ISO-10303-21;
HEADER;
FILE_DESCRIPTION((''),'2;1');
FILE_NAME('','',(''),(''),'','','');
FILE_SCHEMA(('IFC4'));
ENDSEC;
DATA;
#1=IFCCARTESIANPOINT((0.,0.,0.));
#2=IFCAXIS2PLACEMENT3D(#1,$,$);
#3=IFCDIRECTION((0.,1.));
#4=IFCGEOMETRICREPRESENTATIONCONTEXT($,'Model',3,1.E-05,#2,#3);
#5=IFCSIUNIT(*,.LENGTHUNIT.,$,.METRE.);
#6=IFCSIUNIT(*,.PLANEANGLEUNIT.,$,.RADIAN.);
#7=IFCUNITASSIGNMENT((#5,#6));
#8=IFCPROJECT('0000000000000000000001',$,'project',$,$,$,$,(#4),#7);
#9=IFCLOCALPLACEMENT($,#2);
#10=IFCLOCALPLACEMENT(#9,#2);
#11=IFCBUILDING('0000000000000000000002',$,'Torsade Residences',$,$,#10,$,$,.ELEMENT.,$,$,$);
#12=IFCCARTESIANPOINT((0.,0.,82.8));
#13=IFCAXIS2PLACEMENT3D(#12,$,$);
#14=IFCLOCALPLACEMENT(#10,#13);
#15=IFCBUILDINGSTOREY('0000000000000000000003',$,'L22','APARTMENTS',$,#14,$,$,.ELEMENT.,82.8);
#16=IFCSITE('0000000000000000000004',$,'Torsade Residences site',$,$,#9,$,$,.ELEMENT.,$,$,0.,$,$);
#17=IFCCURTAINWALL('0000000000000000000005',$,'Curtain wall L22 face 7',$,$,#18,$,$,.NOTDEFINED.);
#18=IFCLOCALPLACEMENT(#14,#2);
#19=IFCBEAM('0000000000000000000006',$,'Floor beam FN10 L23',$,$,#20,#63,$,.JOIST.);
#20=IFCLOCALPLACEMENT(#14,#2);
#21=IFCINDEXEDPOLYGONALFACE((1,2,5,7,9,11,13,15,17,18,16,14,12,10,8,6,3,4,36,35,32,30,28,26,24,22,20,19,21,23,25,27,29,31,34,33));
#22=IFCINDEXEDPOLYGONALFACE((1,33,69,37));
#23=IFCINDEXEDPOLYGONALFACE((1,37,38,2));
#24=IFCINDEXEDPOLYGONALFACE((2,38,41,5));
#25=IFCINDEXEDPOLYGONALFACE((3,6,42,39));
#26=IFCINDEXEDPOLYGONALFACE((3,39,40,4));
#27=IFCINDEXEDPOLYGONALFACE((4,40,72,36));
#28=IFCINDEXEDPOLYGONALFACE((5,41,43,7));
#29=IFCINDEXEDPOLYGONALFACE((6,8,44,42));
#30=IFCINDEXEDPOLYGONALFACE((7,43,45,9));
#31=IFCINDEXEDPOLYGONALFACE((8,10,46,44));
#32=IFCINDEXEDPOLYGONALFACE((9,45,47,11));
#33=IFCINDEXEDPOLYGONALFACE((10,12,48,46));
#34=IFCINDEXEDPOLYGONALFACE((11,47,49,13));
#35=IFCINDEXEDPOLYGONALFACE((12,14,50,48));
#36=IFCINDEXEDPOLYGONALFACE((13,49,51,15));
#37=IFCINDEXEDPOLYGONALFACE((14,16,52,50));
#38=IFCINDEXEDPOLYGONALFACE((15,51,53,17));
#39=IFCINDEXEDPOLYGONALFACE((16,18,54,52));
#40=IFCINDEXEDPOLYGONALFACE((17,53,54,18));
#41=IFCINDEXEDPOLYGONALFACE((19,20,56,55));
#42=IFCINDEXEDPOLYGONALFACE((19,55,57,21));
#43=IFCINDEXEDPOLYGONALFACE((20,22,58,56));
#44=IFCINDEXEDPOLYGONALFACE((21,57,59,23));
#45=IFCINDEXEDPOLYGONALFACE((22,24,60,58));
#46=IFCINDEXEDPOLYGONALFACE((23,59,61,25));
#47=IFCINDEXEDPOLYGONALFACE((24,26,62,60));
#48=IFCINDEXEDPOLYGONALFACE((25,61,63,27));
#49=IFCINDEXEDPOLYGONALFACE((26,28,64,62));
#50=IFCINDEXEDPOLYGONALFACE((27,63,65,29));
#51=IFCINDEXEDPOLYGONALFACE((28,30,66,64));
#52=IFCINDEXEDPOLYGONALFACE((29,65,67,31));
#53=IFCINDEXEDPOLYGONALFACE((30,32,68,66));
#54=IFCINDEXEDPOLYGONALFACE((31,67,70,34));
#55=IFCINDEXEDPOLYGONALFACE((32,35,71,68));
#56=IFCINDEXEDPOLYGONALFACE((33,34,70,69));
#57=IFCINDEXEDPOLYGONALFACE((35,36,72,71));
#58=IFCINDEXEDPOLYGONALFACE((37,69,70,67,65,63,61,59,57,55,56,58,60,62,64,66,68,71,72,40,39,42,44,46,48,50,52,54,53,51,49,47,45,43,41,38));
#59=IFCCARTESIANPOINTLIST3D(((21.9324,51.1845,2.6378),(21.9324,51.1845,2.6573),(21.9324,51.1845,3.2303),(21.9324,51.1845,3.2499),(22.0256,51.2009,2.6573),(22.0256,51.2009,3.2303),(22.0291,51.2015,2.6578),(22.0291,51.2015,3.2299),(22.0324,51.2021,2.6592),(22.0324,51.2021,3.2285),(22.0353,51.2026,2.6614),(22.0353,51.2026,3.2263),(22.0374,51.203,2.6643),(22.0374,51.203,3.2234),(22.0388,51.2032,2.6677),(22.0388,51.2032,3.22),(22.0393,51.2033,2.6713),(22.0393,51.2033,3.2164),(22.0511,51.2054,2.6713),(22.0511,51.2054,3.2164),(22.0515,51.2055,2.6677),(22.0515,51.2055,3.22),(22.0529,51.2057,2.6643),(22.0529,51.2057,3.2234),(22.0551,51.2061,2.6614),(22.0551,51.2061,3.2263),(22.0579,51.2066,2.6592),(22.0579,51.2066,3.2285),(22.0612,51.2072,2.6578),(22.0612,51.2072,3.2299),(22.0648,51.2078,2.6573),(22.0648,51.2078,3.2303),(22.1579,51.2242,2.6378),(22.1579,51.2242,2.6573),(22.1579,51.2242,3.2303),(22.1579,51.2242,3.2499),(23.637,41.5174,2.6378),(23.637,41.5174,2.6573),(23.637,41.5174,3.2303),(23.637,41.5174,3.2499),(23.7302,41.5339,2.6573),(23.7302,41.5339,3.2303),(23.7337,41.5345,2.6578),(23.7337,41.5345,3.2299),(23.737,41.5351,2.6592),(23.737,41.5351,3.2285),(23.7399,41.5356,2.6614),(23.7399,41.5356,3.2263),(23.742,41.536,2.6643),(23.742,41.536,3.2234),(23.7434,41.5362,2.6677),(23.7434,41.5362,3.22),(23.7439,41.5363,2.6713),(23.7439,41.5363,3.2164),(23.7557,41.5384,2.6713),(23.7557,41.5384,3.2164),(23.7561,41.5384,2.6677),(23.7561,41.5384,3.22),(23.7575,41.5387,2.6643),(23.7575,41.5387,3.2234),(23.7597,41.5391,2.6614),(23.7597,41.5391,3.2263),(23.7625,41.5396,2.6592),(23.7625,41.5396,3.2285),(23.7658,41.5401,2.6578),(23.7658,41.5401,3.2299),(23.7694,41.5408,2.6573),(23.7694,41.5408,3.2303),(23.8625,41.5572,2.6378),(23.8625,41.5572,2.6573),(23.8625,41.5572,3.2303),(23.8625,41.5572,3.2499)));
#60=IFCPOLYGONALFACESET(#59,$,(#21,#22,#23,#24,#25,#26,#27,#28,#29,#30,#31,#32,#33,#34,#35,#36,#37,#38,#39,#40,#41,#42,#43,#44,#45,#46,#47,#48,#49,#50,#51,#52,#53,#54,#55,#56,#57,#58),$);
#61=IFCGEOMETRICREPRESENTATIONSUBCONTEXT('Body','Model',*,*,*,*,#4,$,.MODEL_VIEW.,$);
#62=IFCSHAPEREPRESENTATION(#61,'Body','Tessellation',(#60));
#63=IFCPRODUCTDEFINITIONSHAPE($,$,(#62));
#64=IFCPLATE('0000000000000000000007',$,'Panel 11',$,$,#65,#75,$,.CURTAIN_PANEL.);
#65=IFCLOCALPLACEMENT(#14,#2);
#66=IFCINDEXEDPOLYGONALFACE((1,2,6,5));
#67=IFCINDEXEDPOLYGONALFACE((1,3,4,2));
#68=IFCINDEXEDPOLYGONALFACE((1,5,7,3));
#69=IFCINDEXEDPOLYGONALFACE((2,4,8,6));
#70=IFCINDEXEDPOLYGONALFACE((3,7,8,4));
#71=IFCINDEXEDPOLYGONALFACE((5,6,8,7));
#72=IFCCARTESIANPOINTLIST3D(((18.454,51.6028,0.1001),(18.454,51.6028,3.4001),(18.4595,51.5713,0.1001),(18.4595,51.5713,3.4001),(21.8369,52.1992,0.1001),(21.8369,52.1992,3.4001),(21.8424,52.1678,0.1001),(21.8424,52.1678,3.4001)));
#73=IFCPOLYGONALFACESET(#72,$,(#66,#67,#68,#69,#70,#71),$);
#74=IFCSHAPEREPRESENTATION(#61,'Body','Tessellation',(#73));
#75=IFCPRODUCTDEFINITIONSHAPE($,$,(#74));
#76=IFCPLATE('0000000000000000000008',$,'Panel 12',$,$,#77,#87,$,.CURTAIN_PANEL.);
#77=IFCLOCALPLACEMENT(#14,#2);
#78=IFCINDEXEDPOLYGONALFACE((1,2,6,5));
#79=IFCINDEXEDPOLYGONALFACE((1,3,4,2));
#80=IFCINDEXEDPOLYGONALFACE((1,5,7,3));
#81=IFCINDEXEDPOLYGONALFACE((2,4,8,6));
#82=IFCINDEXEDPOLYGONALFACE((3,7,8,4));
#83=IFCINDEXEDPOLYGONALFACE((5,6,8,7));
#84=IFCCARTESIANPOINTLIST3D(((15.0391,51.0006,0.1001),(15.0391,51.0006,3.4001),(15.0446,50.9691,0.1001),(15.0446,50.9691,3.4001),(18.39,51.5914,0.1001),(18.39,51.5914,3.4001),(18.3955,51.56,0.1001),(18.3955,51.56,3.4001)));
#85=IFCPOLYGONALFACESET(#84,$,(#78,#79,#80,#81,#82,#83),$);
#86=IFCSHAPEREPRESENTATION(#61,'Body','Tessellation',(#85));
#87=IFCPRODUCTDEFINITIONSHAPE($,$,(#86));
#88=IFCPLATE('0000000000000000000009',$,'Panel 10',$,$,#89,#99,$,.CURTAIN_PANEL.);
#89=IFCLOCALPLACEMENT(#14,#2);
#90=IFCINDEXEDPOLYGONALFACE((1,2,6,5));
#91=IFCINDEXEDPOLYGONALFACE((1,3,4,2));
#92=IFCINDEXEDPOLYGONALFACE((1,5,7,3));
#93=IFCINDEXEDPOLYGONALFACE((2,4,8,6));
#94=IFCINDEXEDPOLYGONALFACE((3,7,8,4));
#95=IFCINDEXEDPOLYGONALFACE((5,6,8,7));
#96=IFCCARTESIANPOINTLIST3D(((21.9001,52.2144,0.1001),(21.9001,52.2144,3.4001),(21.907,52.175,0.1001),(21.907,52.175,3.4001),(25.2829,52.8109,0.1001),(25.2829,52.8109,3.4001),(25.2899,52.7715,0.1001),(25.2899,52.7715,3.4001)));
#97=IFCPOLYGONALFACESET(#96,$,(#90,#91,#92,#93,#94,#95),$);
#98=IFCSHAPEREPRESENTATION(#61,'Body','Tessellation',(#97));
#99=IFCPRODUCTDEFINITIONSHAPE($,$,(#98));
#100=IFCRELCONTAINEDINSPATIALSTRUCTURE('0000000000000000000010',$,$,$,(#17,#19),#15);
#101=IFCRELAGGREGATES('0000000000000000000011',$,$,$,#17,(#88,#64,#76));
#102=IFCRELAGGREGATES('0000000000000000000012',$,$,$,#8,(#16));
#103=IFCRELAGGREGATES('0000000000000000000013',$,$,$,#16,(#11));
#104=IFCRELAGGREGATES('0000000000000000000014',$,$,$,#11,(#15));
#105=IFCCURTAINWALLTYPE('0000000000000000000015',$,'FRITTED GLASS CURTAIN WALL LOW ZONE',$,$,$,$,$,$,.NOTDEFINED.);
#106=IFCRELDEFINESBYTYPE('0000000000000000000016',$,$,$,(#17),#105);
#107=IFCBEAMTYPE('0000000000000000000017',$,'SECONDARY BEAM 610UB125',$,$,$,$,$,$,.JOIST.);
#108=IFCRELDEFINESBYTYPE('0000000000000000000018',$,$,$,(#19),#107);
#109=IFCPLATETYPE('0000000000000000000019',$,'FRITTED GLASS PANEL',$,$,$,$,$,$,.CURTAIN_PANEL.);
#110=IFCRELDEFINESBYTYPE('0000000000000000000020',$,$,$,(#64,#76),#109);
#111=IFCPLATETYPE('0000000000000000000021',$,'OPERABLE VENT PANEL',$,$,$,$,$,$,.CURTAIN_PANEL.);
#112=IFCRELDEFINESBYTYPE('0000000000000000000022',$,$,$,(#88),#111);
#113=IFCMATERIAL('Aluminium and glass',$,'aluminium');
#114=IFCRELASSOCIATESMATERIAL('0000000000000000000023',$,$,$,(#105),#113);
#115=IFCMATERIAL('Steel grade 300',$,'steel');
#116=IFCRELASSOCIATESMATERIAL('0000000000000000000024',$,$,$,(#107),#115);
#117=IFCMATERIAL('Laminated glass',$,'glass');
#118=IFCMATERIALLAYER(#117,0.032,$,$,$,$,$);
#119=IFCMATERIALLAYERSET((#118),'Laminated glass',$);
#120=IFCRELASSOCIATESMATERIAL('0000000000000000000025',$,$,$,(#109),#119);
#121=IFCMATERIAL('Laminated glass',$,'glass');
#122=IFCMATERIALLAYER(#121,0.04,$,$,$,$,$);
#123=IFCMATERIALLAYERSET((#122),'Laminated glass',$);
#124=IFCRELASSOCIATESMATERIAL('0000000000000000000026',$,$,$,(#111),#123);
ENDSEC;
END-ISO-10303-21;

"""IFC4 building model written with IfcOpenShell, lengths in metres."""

from ifc_helpers import new_model, si_unit, direction, frame, origin, origin_2d, place, context, subcontext, project, spatial, rectangle, i_section, extrude, material, layer, layer_set, material_profile, profile_set, type_object, element, aggregate, save


model = new_model("IFC4")

# Units and contexts
model_context = context("Model", 3, precision=1e-05, world=origin(), true_north=direction((0.0, 1.0)))
body_context = subcontext(model_context, "Body", "Model", "MODEL_VIEW")
ifc_project = project(units=[si_unit("LENGTHUNIT", "METRE"), si_unit("PLANEANGLEUNIT", "RADIAN")], contexts=[model_context])

# Site, building, storey
site_placement = place(None, origin())
site = spatial("IfcSite", under=ifc_project, at=site_placement, Name="Torsade Residences site", CompositionType="ELEMENT", RefElevation=0.0)
building_placement = place(site_placement, origin())
building = spatial("IfcBuilding", under=site, at=building_placement, Name="Torsade Residences", CompositionType="ELEMENT")
storey_placement = place(building_placement, frame((0.0, 0.0, 82.8)))
storey = spatial("IfcBuildingStorey", under=building, at=storey_placement, Name="L22", Description="APARTMENTS", CompositionType="ELEMENT", Elevation=82.8)

# Curtain wall
ifc_material_1 = material(Name="Aluminium and glass", Category="aluminium")
curtain_wall_type = type_object("IfcCurtainWallType", Name="FRITTED GLASS CURTAIN WALL LOW ZONE", PredefinedType="NOTDEFINED", material=ifc_material_1)
curtain_wall_placement = place(storey_placement, origin())
curtain_wall = element("IfcCurtainWall", 1, at=curtain_wall_placement, inside=storey, type_object=curtain_wall_type, Name="Curtain wall L22 face 7", PredefinedType="NOTDEFINED")

# Beam
ifc_material_2 = material(Name="Steel grade 300", Category="steel")
ifc_material_profile_1 = material_profile(ifc_material_2, i_section(OverallWidth=0.229, OverallDepth=0.6121, WebThickness=0.012, FlangeThickness=0.0195, FilletRadius=0.0139, at=origin_2d()), Name="610UB125")
ifc_profile_set_1 = profile_set([ifc_material_profile_1], Name="Steel grade 300")
beam_type_1 = type_object("IfcBeamType", Name="SECONDARY BEAM 610UB125", PredefinedType="JOIST", material=ifc_profile_set_1)
beam_1_placement = place(storey_placement, frame((22.0452, 51.2043, 2.9438), z_axis=(0.173652, -0.984807, 0.0), x_axis=(0.984807, 0.173652, 0.0)))
element("IfcBeam", 2, at=beam_1_placement, inside=storey, type_object=beam_type_1, Name="Floor beam FN10 L23", PredefinedType="JOIST", context=body_context, shape_type="SweptSolid", body=[
    extrude(i_section(OverallWidth=0.229, OverallDepth=0.6121, WebThickness=0.012, FlangeThickness=0.0195, FilletRadius=0.0139, at=origin_2d()), origin(), (0.0, 0.0, 1.0), 9.8162),
])

# Plates
ifc_material_3 = material(Name="Laminated glass", Category="glass")
ifc_layer_1 = layer(ifc_material_3, 0.032)
ifc_layer_set_1 = layer_set([ifc_layer_1], Name="Laminated glass")
plate_type_1 = type_object("IfcPlateType", Name="FRITTED GLASS PANEL", PredefinedType="CURTAIN_PANEL", material=ifc_layer_set_1)
plate_1_placement = place(storey_placement, frame((20.1482, 51.8853, 0.1001), z_axis=(0.0, 0.0, 1.0), x_axis=(-0.984808, -0.173648, 0.0)))
plate_1 = element("IfcPlate", 3, at=plate_1_placement, type_object=plate_type_1, Name="Panel 11", PredefinedType="CURTAIN_PANEL", context=body_context, shape_type="SweptSolid", body=[
    extrude(rectangle(XDim=3.4351, YDim=0.032, at=origin_2d()), origin(), (0.0, 0.0, 1.0), 3.3),
])
plate_2_placement = place(storey_placement, frame((16.7173, 51.2803, 0.1001), z_axis=(0.0, 0.0, 1.0), x_axis=(-0.984808, -0.173648, 0.0)))
plate_2 = element("IfcPlate", 4, at=plate_2_placement, type_object=plate_type_1, Name="Panel 12", PredefinedType="CURTAIN_PANEL", context=body_context, shape_type="SweptSolid", body=[
    extrude(rectangle(XDim=3.4026, YDim=0.032, at=origin_2d()), origin(), (0.0, 0.0, 1.0), 3.3),
])
ifc_material_4 = material(Name="Laminated glass", Category="glass")
ifc_layer_2 = layer(ifc_material_4, 0.04)
ifc_layer_set_2 = layer_set([ifc_layer_2], Name="Laminated glass")
plate_type_2 = type_object("IfcPlateType", Name="OPERABLE VENT PANEL", PredefinedType="CURTAIN_PANEL", material=ifc_layer_set_2)
plate_3_placement = place(storey_placement, frame((23.595, 52.4929, 0.1001), z_axis=(0.0, 0.0, 1.0), x_axis=(-0.984808, -0.173648, 0.0)))
plate_3 = element("IfcPlate", 5, at=plate_3_placement, type_object=plate_type_2, Name="Panel 10", PredefinedType="CURTAIN_PANEL", context=body_context, shape_type="SweptSolid", body=[
    extrude(rectangle(XDim=3.4351, YDim=0.04, at=origin_2d()), origin(), (0.0, 0.0, 1.0), 3.3),
])
aggregate(curtain_wall, [plate_3, plate_1, plate_2])

save(model, "model.ifc")
